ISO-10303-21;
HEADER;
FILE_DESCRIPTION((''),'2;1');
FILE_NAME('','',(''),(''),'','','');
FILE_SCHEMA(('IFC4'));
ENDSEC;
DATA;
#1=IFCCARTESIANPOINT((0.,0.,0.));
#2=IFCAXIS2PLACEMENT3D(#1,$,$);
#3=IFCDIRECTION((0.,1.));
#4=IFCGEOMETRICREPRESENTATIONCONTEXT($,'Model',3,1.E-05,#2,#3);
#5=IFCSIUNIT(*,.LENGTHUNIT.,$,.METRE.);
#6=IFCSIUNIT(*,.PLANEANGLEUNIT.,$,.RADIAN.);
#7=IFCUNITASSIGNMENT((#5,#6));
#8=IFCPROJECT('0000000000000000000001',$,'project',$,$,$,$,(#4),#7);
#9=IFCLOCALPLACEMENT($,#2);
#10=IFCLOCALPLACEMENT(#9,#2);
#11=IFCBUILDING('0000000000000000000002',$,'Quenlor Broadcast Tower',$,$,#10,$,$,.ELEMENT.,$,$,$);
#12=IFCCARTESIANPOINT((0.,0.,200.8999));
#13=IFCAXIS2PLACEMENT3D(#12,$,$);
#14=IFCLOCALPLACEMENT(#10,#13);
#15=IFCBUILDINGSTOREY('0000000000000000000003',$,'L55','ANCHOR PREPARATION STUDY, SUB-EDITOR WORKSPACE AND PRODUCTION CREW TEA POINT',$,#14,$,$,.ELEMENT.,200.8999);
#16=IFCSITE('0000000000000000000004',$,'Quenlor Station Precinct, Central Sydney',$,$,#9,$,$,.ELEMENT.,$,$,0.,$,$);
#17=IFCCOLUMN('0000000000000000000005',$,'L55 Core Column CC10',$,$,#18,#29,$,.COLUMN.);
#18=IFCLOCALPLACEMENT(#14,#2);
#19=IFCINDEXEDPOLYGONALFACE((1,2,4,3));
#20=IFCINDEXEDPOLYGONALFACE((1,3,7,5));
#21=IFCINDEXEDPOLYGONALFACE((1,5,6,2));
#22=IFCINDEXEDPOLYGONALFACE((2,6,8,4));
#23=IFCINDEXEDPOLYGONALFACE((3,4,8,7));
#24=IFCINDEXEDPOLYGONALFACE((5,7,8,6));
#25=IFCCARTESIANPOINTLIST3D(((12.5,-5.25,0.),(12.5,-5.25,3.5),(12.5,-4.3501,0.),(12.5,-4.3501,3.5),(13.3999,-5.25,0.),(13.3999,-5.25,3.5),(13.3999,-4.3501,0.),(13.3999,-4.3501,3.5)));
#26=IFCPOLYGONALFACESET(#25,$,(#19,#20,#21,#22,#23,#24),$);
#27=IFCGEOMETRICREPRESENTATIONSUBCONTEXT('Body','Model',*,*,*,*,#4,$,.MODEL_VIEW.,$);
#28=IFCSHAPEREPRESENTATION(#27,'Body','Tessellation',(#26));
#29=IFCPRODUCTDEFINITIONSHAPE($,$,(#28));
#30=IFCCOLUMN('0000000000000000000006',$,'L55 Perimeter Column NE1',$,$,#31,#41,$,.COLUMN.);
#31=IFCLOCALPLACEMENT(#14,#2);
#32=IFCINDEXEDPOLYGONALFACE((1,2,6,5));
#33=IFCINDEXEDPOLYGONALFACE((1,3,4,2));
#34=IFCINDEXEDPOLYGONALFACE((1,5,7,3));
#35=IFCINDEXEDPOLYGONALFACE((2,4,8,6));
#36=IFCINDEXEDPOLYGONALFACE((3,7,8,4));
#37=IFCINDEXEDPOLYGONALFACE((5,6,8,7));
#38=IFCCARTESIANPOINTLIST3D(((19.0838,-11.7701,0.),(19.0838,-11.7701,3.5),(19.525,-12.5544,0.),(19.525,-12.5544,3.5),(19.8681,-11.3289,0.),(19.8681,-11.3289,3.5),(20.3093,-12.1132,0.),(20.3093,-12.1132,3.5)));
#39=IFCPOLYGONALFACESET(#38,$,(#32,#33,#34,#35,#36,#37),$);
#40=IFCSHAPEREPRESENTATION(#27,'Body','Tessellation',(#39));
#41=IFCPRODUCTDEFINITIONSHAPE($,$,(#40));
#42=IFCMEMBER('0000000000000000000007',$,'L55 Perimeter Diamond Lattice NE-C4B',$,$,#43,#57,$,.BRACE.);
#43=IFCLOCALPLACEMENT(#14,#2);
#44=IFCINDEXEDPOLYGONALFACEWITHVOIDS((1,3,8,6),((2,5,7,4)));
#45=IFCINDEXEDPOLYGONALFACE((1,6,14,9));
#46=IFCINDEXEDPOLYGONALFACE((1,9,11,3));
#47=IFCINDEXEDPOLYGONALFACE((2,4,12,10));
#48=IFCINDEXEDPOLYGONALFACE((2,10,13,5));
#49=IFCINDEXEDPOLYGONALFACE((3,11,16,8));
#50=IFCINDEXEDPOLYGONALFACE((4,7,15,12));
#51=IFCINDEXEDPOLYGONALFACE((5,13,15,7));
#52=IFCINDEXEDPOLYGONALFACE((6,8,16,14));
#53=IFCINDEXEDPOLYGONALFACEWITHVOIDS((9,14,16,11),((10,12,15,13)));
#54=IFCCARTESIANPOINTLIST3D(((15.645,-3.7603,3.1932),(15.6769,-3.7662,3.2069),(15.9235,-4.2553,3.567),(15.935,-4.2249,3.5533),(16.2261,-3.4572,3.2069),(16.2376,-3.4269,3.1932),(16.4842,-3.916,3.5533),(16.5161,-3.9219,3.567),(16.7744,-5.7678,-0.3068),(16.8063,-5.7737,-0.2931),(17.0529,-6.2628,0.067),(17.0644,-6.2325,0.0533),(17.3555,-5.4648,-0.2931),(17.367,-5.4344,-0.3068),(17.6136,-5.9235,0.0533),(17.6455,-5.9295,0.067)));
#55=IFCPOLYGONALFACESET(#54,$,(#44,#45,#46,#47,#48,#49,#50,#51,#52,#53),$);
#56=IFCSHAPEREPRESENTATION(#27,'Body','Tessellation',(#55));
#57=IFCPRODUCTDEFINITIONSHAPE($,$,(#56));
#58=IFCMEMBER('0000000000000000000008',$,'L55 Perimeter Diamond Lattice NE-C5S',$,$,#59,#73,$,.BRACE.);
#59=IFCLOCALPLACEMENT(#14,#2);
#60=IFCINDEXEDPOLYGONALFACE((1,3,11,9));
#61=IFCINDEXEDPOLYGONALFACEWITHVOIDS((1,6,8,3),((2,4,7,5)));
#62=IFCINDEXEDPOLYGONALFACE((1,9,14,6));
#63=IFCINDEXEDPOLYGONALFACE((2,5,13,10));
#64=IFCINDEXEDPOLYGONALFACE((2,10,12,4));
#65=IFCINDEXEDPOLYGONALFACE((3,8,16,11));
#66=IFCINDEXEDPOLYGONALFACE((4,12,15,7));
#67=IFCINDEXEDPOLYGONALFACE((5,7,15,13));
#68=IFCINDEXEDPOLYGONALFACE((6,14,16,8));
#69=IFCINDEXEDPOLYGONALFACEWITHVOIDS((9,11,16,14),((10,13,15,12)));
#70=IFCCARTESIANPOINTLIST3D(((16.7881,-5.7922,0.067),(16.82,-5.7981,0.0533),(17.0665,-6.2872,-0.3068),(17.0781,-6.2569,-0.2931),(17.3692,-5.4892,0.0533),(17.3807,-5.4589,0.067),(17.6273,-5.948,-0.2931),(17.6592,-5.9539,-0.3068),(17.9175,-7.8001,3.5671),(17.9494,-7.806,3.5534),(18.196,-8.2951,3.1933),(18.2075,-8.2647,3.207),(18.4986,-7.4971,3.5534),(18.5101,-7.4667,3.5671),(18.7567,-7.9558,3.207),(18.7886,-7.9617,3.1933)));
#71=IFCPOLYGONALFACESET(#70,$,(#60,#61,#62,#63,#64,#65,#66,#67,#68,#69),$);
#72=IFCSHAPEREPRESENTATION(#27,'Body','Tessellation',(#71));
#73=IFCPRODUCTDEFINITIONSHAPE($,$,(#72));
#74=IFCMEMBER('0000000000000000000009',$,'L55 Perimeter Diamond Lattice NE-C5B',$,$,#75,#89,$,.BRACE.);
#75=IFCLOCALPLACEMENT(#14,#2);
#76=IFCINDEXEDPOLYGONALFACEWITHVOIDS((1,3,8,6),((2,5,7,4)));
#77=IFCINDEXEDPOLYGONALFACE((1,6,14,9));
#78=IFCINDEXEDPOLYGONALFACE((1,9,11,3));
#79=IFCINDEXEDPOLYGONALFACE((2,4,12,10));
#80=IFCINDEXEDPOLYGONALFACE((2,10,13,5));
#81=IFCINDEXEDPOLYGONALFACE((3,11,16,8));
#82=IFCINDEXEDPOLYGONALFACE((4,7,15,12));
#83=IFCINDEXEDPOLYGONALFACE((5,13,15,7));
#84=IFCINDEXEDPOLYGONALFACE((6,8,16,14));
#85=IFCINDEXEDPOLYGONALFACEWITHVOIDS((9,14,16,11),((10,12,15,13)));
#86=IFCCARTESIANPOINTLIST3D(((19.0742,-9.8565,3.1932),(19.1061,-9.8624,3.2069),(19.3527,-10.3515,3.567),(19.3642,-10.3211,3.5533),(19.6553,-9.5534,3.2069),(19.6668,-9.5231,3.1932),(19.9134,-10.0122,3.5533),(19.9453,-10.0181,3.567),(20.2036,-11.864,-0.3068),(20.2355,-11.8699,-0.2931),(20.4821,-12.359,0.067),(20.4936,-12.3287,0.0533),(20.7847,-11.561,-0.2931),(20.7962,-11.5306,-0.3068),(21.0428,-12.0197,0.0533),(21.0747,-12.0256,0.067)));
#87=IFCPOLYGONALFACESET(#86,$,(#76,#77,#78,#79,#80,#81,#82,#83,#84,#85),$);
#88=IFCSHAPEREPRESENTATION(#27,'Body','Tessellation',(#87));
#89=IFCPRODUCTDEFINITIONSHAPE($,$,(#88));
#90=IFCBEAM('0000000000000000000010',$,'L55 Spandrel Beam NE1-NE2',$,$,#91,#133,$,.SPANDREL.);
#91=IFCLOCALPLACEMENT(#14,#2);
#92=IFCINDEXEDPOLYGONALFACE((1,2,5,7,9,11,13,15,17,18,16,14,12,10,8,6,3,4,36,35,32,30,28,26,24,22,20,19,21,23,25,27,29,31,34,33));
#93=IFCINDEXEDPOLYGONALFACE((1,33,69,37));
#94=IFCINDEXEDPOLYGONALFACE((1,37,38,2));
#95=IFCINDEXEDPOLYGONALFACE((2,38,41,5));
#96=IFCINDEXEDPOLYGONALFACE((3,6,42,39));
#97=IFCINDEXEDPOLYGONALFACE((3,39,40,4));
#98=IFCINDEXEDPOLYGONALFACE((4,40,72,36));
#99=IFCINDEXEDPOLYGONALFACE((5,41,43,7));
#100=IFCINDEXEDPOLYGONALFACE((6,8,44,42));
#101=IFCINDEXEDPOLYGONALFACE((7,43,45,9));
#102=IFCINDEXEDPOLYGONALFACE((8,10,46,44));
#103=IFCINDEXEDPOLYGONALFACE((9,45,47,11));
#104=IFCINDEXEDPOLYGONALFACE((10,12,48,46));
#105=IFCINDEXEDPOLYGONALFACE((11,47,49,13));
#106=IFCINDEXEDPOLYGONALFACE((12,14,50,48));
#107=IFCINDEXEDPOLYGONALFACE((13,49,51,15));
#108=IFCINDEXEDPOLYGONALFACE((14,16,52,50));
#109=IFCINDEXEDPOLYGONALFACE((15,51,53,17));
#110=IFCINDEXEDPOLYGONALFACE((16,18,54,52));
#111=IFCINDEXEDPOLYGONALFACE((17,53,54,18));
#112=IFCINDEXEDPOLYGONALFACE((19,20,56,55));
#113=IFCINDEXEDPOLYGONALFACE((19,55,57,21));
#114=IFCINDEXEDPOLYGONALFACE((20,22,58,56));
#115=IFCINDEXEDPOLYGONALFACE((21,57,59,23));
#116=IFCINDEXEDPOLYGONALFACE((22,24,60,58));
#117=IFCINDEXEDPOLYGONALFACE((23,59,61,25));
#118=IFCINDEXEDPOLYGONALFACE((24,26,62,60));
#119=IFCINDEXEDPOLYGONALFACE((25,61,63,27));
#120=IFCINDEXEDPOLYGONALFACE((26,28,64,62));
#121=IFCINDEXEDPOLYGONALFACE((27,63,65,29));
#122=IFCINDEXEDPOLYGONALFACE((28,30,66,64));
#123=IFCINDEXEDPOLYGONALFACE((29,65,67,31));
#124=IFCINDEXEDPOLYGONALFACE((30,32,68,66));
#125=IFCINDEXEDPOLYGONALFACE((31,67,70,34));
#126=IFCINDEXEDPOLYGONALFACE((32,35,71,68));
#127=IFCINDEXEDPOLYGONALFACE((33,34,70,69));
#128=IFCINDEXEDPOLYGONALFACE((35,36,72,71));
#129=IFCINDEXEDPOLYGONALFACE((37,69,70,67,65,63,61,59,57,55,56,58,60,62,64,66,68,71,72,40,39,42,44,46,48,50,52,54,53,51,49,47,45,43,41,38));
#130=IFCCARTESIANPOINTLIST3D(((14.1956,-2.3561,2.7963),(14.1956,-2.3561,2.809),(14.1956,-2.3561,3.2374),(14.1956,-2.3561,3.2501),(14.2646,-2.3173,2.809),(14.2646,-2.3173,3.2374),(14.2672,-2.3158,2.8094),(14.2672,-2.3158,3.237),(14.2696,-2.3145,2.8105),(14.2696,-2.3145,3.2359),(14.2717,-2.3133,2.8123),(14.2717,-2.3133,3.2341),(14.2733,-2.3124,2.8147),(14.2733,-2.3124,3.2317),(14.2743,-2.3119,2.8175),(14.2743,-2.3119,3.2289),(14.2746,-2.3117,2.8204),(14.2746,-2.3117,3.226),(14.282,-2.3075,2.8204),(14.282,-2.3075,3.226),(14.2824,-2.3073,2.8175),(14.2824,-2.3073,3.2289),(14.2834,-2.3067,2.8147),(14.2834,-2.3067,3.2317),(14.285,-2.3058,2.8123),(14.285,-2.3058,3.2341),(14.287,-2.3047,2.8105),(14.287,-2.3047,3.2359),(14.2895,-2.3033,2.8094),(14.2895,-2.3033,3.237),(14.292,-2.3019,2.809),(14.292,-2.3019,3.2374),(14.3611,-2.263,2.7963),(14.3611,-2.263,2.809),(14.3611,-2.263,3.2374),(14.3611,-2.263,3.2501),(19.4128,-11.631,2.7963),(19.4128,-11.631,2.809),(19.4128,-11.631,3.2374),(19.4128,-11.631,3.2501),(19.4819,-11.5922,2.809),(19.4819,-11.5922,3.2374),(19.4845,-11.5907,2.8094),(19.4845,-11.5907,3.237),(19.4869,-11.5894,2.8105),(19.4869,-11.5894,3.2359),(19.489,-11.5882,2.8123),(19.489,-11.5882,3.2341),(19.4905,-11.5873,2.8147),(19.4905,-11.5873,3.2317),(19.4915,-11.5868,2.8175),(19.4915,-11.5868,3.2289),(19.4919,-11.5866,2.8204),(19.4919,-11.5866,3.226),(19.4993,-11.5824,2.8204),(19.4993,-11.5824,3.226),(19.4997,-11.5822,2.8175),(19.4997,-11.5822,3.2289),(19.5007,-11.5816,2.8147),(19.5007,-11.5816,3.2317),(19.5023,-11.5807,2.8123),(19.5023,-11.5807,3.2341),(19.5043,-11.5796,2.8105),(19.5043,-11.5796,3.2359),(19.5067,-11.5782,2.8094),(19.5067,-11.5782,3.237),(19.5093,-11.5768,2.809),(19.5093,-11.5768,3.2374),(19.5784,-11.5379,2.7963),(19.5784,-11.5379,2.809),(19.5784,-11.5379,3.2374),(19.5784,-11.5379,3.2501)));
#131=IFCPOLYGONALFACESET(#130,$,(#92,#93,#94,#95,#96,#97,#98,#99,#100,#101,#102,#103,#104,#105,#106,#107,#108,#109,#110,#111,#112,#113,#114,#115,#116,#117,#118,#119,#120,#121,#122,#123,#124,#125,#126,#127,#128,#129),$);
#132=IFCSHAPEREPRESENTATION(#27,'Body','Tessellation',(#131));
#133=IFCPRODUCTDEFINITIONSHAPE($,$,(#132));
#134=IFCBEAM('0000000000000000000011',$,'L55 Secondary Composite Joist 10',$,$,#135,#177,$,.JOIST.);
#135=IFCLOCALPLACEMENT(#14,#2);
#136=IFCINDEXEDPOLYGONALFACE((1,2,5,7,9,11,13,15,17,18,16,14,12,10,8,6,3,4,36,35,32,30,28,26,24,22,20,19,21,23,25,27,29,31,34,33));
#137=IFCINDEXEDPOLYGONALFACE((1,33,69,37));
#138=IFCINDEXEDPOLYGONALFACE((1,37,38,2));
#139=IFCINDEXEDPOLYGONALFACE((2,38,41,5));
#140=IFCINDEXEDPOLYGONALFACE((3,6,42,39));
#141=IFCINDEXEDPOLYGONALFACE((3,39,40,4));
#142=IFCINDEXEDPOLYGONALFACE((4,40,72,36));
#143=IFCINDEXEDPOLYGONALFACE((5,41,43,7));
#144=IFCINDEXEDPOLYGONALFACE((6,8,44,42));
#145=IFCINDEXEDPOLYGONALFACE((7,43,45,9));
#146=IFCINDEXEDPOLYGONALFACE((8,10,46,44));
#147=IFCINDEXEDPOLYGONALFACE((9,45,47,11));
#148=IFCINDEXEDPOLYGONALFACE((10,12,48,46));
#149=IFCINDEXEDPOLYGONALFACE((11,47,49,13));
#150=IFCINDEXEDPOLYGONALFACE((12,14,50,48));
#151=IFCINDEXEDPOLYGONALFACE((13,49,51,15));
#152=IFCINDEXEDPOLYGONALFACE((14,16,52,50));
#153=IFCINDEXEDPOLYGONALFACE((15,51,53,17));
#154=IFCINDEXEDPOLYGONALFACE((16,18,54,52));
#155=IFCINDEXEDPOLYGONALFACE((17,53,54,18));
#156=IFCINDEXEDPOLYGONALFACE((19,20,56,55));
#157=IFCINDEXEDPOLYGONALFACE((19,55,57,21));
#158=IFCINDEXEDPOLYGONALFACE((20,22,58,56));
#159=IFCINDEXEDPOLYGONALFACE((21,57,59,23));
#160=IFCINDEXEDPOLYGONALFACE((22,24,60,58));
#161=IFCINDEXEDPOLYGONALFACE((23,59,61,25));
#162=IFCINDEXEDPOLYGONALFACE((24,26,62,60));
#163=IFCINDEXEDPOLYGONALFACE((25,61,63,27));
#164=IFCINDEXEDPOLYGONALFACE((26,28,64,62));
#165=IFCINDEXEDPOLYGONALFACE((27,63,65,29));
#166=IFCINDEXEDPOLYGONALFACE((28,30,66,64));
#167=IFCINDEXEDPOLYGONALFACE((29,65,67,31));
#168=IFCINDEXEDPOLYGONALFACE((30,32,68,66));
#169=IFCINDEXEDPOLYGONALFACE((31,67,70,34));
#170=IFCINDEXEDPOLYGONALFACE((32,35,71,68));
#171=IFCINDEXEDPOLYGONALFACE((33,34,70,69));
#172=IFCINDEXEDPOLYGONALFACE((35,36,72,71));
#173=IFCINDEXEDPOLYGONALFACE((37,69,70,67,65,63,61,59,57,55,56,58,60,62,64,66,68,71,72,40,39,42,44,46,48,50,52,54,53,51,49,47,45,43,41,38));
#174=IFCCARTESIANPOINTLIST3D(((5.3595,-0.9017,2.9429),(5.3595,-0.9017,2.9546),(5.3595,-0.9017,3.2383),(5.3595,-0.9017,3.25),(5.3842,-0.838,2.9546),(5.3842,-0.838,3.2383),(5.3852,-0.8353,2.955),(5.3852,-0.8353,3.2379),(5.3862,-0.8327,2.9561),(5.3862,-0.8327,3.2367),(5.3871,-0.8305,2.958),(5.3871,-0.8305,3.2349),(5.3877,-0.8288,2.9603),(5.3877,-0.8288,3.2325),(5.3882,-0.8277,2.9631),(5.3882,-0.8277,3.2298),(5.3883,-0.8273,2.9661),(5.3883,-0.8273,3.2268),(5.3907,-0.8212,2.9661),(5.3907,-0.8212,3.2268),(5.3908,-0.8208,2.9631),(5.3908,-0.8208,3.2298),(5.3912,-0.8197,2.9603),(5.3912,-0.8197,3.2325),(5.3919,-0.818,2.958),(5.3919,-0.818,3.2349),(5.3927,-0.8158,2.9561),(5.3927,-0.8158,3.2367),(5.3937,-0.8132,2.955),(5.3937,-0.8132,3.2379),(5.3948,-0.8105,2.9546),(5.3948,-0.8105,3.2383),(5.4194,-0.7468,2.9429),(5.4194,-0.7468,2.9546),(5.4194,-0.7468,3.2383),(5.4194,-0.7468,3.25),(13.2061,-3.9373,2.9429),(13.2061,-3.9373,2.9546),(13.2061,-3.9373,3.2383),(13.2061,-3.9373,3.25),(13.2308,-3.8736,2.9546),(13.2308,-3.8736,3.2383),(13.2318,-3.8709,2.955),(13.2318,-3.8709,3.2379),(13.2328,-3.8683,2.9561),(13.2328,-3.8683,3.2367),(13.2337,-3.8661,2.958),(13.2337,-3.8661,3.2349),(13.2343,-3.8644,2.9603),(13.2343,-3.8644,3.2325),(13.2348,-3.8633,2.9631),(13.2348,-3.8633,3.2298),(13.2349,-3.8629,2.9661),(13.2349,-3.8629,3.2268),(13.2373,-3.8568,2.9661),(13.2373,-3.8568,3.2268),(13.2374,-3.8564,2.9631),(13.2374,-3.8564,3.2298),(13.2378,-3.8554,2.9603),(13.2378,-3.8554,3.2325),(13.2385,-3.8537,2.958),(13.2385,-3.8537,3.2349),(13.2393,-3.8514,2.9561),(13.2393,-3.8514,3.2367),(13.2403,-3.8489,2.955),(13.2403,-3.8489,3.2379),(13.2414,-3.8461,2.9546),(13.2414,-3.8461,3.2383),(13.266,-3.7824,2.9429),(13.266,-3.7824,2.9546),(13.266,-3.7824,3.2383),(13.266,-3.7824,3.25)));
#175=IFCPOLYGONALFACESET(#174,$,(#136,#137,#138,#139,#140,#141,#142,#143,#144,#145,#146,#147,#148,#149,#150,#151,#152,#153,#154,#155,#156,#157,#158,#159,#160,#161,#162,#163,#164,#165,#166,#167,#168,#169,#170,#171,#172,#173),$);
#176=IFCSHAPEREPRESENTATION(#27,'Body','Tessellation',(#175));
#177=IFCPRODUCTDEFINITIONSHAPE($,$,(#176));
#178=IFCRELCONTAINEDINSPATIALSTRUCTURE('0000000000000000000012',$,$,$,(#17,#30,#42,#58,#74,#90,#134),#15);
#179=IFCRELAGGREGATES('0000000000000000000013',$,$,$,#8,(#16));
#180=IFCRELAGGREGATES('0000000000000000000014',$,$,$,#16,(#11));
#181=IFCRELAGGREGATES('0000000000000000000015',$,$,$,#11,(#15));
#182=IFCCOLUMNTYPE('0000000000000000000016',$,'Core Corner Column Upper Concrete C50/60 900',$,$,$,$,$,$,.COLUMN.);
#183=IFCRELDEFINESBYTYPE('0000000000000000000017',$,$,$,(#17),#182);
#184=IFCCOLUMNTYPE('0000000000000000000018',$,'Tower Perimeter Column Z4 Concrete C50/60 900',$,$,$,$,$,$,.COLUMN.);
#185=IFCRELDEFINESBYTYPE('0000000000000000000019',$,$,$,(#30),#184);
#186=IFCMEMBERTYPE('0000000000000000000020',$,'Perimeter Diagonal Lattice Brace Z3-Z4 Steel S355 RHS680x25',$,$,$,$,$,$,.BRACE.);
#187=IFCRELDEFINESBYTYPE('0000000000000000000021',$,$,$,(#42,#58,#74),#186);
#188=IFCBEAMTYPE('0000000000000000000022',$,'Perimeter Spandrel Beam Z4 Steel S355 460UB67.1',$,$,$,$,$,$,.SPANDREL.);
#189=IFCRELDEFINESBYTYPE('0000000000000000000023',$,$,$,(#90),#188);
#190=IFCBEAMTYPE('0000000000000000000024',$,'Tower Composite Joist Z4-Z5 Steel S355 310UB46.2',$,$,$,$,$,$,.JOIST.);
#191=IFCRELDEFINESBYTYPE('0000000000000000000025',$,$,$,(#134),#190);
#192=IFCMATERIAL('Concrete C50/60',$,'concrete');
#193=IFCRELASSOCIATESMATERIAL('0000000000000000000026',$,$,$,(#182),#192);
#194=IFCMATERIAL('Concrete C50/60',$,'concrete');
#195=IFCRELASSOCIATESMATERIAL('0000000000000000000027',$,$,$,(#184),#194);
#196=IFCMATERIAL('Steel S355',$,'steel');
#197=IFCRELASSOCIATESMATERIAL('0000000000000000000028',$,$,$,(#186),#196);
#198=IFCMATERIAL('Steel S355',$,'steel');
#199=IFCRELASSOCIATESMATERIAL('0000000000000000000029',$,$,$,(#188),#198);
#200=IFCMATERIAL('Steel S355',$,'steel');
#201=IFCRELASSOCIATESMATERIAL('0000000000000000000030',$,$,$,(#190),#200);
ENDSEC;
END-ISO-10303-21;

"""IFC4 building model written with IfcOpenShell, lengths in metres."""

from ifc_helpers import new_model, si_unit, direction, frame, origin, origin_2d, place, context, subcontext, project, spatial, rectangle, hollow_rectangle, i_section, extrude, material, material_profile, profile_set, type_object, element, save


model = new_model("IFC4")

# Units and contexts
model_context = context("Model", 3, precision=1e-05, world=origin(), true_north=direction((0.0, 1.0)))
body_context = subcontext(model_context, "Body", "Model", "MODEL_VIEW")
ifc_project = project(units=[si_unit("LENGTHUNIT", "METRE"), si_unit("PLANEANGLEUNIT", "RADIAN")], contexts=[model_context])

# Site, building, storey
site_placement = place(None, origin())
site = spatial("IfcSite", under=ifc_project, at=site_placement, Name="Quenlor Station Precinct, Central Sydney", CompositionType="ELEMENT", RefElevation=0.0)
building_placement = place(site_placement, origin())
building = spatial("IfcBuilding", under=site, at=building_placement, Name="Quenlor Broadcast Tower", CompositionType="ELEMENT")
storey_placement = place(building_placement, frame((0.0, 0.0, 200.8999)))
storey = spatial("IfcBuildingStorey", under=building, at=storey_placement, Name="L55", Description="ANCHOR PREPARATION STUDY, SUB-EDITOR WORKSPACE AND PRODUCTION CREW TEA POINT", CompositionType="ELEMENT", Elevation=200.8999)

# Columns
ifc_material_1 = material(Name="Concrete C50/60", Category="concrete")
ifc_material_profile_1 = material_profile(ifc_material_1, rectangle(XDim=0.8999, YDim=0.8999, at=origin_2d()))
ifc_profile_set_1 = profile_set([ifc_material_profile_1], Name="Concrete C50/60 RC900x900")
column_type_1 = type_object("IfcColumnType", Name="Core Corner Column Upper Concrete C50/60 900", PredefinedType="COLUMN", material=ifc_profile_set_1)
column_1_placement = place(storey_placement, frame((12.95, -4.8, 0.0), z_axis=(0.0, 0.0, 1.0), x_axis=(1.0, 0.0, 0.0)))
element("IfcColumn", 1, at=column_1_placement, inside=storey, type_object=column_type_1, Name="L55 Core Column CC10", PredefinedType="COLUMN", context=body_context, shape_type="SweptSolid", body=[
    extrude(rectangle(XDim=0.8999, YDim=0.8999, at=origin_2d()), origin(), (0.0, 0.0, 1.0), 3.5),
])
ifc_material_2 = material(Name="Concrete C50/60", Category="concrete")
ifc_material_profile_2 = material_profile(ifc_material_2, rectangle(XDim=0.8999, YDim=0.8999, at=origin_2d()))
ifc_profile_set_2 = profile_set([ifc_material_profile_2], Name="Concrete C50/60 RC900x900")
column_type_2 = type_object("IfcColumnType", Name="Tower Perimeter Column Z4 Concrete C50/60 900", PredefinedType="COLUMN", material=ifc_profile_set_2)
column_2_placement = place(storey_placement, frame((19.6965, -11.9417, 0.0), z_axis=(0.0, 0.0, 1.0), x_axis=(0.871575, 0.490262, 0.0)))
element("IfcColumn", 2, at=column_2_placement, inside=storey, type_object=column_type_2, Name="L55 Perimeter Column NE1", PredefinedType="COLUMN", context=body_context, shape_type="SweptSolid", body=[
    extrude(rectangle(XDim=0.8999, YDim=0.8999, at=origin_2d()), origin(), (0.0, 0.0, 1.0), 3.5),
])

# Members
ifc_material_3 = material(Name="Steel S355", Category="steel")
ifc_material_profile_3 = material_profile(ifc_material_3, hollow_rectangle(XDim=0.6799, YDim=0.6799, WallThickness=0.0249, at=origin_2d()))
ifc_profile_set_3 = profile_set([ifc_material_profile_3], Name="Steel S355 RHS680x680x25")
member_type = type_object("IfcMemberType", Name="Perimeter Diagonal Lattice Brace Z3-Z4 Steel S355 RHS680x25", PredefinedType="BRACE", material=ifc_profile_set_3)
member_1_placement = place(storey_placement, frame((17.21, -5.8486, -0.1199), z_axis=(-0.269547, 0.479136, 0.835328), x_axis=(-0.87155, -0.490307, 0.0)))
element("IfcMember", 3, at=member_1_placement, inside=storey, type_object=member_type, Name="L55 Perimeter Diamond Lattice NE-C4B", PredefinedType="BRACE", context=body_context, shape_type="SweptSolid", body=[
    extrude(hollow_rectangle(XDim=0.6799, YDim=0.6799, WallThickness=0.0249, at=origin_2d()), origin(), (0.0, 0.0, 1.0), 4.1899),
])
member_2_placement = place(storey_placement, frame((17.2236, -5.873, -0.1199), z_axis=(0.26954, -0.479181, 0.835305), x_axis=(0.871576, 0.490261, 0.0)))
element("IfcMember", 4, at=member_2_placement, inside=storey, type_object=member_type, Name="L55 Perimeter Diamond Lattice NE-C5S", PredefinedType="BRACE", context=body_context, shape_type="SweptSolid", body=[
    extrude(hollow_rectangle(XDim=0.6799, YDim=0.6799, WallThickness=0.0249, at=origin_2d()), origin(), (0.0, 0.0, 1.0), 4.1902),
])
member_3_placement = place(storey_placement, frame((20.6392, -11.9448, -0.1199), z_axis=(-0.269547, 0.479136, 0.835328), x_axis=(-0.87155, -0.490307, 0.0)))
element("IfcMember", 5, at=member_3_placement, inside=storey, type_object=member_type, Name="L55 Perimeter Diamond Lattice NE-C5B", PredefinedType="BRACE", context=body_context, shape_type="SweptSolid", body=[
    extrude(hollow_rectangle(XDim=0.6799, YDim=0.6799, WallThickness=0.0249, at=origin_2d()), origin(), (0.0, 0.0, 1.0), 4.1899),
])

# Beams
ifc_material_4 = material(Name="Steel S355", Category="steel")
ifc_material_profile_4 = material_profile(ifc_material_4, i_section(OverallWidth=0.1899, OverallDepth=0.4539, WebThickness=0.0085, FlangeThickness=0.0127, FilletRadius=0.0115, at=origin_2d()))
ifc_profile_set_4 = profile_set([ifc_material_profile_4], Name="Steel S355 460UB67.1")
beam_type_1 = type_object("IfcBeamType", Name="Perimeter Spandrel Beam Z4 Steel S355 460UB67.1", PredefinedType="SPANDREL", material=ifc_profile_set_4)
beam_1_placement = place(storey_placement, frame((19.4956, -11.5845, 3.0232), z_axis=(-0.490272, 0.871569, 0.0), x_axis=(-0.871569, -0.490272, 0.0)))
element("IfcBeam", 6, at=beam_1_placement, inside=storey, type_object=beam_type_1, Name="L55 Spandrel Beam NE1-NE2", PredefinedType="SPANDREL", context=body_context, shape_type="SweptSolid", body=[
    extrude(i_section(OverallWidth=0.1899, OverallDepth=0.4539, WebThickness=0.0085, FlangeThickness=0.0127, FilletRadius=0.0115, at=origin_2d()), origin(), (0.0, 0.0, 1.0), 10.6416),
])
ifc_material_5 = material(Name="Steel S355", Category="steel")
ifc_material_profile_5 = material_profile(ifc_material_5, i_section(OverallWidth=0.166, OverallDepth=0.3071, WebThickness=0.0066, FlangeThickness=0.0117, FilletRadius=0.0115, at=origin_2d()))
ifc_profile_set_5 = profile_set([ifc_material_profile_5], Name="Steel S355 310UB46.2")
beam_type_2 = type_object("IfcBeamType", Name="Tower Composite Joist Z4-Z5 Steel S355 310UB46.2", PredefinedType="JOIST", material=ifc_profile_set_5)
beam_2_placement = place(storey_placement, frame((13.2361, -3.8599, 3.0964), z_axis=(-0.932639, 0.36081, 0.0), x_axis=(-0.36081, -0.932639, 0.0)))
element("IfcBeam", 7, at=beam_2_placement, inside=storey, type_object=beam_type_2, Name="L55 Secondary Composite Joist 10", PredefinedType="JOIST", context=body_context, shape_type="SweptSolid", body=[
    extrude(i_section(OverallWidth=0.166, OverallDepth=0.3071, WebThickness=0.0066, FlangeThickness=0.0117, FilletRadius=0.0115, at=origin_2d()), origin(), (0.0, 0.0, 1.0), 8.4133),
])

save(model, "model.ifc")
